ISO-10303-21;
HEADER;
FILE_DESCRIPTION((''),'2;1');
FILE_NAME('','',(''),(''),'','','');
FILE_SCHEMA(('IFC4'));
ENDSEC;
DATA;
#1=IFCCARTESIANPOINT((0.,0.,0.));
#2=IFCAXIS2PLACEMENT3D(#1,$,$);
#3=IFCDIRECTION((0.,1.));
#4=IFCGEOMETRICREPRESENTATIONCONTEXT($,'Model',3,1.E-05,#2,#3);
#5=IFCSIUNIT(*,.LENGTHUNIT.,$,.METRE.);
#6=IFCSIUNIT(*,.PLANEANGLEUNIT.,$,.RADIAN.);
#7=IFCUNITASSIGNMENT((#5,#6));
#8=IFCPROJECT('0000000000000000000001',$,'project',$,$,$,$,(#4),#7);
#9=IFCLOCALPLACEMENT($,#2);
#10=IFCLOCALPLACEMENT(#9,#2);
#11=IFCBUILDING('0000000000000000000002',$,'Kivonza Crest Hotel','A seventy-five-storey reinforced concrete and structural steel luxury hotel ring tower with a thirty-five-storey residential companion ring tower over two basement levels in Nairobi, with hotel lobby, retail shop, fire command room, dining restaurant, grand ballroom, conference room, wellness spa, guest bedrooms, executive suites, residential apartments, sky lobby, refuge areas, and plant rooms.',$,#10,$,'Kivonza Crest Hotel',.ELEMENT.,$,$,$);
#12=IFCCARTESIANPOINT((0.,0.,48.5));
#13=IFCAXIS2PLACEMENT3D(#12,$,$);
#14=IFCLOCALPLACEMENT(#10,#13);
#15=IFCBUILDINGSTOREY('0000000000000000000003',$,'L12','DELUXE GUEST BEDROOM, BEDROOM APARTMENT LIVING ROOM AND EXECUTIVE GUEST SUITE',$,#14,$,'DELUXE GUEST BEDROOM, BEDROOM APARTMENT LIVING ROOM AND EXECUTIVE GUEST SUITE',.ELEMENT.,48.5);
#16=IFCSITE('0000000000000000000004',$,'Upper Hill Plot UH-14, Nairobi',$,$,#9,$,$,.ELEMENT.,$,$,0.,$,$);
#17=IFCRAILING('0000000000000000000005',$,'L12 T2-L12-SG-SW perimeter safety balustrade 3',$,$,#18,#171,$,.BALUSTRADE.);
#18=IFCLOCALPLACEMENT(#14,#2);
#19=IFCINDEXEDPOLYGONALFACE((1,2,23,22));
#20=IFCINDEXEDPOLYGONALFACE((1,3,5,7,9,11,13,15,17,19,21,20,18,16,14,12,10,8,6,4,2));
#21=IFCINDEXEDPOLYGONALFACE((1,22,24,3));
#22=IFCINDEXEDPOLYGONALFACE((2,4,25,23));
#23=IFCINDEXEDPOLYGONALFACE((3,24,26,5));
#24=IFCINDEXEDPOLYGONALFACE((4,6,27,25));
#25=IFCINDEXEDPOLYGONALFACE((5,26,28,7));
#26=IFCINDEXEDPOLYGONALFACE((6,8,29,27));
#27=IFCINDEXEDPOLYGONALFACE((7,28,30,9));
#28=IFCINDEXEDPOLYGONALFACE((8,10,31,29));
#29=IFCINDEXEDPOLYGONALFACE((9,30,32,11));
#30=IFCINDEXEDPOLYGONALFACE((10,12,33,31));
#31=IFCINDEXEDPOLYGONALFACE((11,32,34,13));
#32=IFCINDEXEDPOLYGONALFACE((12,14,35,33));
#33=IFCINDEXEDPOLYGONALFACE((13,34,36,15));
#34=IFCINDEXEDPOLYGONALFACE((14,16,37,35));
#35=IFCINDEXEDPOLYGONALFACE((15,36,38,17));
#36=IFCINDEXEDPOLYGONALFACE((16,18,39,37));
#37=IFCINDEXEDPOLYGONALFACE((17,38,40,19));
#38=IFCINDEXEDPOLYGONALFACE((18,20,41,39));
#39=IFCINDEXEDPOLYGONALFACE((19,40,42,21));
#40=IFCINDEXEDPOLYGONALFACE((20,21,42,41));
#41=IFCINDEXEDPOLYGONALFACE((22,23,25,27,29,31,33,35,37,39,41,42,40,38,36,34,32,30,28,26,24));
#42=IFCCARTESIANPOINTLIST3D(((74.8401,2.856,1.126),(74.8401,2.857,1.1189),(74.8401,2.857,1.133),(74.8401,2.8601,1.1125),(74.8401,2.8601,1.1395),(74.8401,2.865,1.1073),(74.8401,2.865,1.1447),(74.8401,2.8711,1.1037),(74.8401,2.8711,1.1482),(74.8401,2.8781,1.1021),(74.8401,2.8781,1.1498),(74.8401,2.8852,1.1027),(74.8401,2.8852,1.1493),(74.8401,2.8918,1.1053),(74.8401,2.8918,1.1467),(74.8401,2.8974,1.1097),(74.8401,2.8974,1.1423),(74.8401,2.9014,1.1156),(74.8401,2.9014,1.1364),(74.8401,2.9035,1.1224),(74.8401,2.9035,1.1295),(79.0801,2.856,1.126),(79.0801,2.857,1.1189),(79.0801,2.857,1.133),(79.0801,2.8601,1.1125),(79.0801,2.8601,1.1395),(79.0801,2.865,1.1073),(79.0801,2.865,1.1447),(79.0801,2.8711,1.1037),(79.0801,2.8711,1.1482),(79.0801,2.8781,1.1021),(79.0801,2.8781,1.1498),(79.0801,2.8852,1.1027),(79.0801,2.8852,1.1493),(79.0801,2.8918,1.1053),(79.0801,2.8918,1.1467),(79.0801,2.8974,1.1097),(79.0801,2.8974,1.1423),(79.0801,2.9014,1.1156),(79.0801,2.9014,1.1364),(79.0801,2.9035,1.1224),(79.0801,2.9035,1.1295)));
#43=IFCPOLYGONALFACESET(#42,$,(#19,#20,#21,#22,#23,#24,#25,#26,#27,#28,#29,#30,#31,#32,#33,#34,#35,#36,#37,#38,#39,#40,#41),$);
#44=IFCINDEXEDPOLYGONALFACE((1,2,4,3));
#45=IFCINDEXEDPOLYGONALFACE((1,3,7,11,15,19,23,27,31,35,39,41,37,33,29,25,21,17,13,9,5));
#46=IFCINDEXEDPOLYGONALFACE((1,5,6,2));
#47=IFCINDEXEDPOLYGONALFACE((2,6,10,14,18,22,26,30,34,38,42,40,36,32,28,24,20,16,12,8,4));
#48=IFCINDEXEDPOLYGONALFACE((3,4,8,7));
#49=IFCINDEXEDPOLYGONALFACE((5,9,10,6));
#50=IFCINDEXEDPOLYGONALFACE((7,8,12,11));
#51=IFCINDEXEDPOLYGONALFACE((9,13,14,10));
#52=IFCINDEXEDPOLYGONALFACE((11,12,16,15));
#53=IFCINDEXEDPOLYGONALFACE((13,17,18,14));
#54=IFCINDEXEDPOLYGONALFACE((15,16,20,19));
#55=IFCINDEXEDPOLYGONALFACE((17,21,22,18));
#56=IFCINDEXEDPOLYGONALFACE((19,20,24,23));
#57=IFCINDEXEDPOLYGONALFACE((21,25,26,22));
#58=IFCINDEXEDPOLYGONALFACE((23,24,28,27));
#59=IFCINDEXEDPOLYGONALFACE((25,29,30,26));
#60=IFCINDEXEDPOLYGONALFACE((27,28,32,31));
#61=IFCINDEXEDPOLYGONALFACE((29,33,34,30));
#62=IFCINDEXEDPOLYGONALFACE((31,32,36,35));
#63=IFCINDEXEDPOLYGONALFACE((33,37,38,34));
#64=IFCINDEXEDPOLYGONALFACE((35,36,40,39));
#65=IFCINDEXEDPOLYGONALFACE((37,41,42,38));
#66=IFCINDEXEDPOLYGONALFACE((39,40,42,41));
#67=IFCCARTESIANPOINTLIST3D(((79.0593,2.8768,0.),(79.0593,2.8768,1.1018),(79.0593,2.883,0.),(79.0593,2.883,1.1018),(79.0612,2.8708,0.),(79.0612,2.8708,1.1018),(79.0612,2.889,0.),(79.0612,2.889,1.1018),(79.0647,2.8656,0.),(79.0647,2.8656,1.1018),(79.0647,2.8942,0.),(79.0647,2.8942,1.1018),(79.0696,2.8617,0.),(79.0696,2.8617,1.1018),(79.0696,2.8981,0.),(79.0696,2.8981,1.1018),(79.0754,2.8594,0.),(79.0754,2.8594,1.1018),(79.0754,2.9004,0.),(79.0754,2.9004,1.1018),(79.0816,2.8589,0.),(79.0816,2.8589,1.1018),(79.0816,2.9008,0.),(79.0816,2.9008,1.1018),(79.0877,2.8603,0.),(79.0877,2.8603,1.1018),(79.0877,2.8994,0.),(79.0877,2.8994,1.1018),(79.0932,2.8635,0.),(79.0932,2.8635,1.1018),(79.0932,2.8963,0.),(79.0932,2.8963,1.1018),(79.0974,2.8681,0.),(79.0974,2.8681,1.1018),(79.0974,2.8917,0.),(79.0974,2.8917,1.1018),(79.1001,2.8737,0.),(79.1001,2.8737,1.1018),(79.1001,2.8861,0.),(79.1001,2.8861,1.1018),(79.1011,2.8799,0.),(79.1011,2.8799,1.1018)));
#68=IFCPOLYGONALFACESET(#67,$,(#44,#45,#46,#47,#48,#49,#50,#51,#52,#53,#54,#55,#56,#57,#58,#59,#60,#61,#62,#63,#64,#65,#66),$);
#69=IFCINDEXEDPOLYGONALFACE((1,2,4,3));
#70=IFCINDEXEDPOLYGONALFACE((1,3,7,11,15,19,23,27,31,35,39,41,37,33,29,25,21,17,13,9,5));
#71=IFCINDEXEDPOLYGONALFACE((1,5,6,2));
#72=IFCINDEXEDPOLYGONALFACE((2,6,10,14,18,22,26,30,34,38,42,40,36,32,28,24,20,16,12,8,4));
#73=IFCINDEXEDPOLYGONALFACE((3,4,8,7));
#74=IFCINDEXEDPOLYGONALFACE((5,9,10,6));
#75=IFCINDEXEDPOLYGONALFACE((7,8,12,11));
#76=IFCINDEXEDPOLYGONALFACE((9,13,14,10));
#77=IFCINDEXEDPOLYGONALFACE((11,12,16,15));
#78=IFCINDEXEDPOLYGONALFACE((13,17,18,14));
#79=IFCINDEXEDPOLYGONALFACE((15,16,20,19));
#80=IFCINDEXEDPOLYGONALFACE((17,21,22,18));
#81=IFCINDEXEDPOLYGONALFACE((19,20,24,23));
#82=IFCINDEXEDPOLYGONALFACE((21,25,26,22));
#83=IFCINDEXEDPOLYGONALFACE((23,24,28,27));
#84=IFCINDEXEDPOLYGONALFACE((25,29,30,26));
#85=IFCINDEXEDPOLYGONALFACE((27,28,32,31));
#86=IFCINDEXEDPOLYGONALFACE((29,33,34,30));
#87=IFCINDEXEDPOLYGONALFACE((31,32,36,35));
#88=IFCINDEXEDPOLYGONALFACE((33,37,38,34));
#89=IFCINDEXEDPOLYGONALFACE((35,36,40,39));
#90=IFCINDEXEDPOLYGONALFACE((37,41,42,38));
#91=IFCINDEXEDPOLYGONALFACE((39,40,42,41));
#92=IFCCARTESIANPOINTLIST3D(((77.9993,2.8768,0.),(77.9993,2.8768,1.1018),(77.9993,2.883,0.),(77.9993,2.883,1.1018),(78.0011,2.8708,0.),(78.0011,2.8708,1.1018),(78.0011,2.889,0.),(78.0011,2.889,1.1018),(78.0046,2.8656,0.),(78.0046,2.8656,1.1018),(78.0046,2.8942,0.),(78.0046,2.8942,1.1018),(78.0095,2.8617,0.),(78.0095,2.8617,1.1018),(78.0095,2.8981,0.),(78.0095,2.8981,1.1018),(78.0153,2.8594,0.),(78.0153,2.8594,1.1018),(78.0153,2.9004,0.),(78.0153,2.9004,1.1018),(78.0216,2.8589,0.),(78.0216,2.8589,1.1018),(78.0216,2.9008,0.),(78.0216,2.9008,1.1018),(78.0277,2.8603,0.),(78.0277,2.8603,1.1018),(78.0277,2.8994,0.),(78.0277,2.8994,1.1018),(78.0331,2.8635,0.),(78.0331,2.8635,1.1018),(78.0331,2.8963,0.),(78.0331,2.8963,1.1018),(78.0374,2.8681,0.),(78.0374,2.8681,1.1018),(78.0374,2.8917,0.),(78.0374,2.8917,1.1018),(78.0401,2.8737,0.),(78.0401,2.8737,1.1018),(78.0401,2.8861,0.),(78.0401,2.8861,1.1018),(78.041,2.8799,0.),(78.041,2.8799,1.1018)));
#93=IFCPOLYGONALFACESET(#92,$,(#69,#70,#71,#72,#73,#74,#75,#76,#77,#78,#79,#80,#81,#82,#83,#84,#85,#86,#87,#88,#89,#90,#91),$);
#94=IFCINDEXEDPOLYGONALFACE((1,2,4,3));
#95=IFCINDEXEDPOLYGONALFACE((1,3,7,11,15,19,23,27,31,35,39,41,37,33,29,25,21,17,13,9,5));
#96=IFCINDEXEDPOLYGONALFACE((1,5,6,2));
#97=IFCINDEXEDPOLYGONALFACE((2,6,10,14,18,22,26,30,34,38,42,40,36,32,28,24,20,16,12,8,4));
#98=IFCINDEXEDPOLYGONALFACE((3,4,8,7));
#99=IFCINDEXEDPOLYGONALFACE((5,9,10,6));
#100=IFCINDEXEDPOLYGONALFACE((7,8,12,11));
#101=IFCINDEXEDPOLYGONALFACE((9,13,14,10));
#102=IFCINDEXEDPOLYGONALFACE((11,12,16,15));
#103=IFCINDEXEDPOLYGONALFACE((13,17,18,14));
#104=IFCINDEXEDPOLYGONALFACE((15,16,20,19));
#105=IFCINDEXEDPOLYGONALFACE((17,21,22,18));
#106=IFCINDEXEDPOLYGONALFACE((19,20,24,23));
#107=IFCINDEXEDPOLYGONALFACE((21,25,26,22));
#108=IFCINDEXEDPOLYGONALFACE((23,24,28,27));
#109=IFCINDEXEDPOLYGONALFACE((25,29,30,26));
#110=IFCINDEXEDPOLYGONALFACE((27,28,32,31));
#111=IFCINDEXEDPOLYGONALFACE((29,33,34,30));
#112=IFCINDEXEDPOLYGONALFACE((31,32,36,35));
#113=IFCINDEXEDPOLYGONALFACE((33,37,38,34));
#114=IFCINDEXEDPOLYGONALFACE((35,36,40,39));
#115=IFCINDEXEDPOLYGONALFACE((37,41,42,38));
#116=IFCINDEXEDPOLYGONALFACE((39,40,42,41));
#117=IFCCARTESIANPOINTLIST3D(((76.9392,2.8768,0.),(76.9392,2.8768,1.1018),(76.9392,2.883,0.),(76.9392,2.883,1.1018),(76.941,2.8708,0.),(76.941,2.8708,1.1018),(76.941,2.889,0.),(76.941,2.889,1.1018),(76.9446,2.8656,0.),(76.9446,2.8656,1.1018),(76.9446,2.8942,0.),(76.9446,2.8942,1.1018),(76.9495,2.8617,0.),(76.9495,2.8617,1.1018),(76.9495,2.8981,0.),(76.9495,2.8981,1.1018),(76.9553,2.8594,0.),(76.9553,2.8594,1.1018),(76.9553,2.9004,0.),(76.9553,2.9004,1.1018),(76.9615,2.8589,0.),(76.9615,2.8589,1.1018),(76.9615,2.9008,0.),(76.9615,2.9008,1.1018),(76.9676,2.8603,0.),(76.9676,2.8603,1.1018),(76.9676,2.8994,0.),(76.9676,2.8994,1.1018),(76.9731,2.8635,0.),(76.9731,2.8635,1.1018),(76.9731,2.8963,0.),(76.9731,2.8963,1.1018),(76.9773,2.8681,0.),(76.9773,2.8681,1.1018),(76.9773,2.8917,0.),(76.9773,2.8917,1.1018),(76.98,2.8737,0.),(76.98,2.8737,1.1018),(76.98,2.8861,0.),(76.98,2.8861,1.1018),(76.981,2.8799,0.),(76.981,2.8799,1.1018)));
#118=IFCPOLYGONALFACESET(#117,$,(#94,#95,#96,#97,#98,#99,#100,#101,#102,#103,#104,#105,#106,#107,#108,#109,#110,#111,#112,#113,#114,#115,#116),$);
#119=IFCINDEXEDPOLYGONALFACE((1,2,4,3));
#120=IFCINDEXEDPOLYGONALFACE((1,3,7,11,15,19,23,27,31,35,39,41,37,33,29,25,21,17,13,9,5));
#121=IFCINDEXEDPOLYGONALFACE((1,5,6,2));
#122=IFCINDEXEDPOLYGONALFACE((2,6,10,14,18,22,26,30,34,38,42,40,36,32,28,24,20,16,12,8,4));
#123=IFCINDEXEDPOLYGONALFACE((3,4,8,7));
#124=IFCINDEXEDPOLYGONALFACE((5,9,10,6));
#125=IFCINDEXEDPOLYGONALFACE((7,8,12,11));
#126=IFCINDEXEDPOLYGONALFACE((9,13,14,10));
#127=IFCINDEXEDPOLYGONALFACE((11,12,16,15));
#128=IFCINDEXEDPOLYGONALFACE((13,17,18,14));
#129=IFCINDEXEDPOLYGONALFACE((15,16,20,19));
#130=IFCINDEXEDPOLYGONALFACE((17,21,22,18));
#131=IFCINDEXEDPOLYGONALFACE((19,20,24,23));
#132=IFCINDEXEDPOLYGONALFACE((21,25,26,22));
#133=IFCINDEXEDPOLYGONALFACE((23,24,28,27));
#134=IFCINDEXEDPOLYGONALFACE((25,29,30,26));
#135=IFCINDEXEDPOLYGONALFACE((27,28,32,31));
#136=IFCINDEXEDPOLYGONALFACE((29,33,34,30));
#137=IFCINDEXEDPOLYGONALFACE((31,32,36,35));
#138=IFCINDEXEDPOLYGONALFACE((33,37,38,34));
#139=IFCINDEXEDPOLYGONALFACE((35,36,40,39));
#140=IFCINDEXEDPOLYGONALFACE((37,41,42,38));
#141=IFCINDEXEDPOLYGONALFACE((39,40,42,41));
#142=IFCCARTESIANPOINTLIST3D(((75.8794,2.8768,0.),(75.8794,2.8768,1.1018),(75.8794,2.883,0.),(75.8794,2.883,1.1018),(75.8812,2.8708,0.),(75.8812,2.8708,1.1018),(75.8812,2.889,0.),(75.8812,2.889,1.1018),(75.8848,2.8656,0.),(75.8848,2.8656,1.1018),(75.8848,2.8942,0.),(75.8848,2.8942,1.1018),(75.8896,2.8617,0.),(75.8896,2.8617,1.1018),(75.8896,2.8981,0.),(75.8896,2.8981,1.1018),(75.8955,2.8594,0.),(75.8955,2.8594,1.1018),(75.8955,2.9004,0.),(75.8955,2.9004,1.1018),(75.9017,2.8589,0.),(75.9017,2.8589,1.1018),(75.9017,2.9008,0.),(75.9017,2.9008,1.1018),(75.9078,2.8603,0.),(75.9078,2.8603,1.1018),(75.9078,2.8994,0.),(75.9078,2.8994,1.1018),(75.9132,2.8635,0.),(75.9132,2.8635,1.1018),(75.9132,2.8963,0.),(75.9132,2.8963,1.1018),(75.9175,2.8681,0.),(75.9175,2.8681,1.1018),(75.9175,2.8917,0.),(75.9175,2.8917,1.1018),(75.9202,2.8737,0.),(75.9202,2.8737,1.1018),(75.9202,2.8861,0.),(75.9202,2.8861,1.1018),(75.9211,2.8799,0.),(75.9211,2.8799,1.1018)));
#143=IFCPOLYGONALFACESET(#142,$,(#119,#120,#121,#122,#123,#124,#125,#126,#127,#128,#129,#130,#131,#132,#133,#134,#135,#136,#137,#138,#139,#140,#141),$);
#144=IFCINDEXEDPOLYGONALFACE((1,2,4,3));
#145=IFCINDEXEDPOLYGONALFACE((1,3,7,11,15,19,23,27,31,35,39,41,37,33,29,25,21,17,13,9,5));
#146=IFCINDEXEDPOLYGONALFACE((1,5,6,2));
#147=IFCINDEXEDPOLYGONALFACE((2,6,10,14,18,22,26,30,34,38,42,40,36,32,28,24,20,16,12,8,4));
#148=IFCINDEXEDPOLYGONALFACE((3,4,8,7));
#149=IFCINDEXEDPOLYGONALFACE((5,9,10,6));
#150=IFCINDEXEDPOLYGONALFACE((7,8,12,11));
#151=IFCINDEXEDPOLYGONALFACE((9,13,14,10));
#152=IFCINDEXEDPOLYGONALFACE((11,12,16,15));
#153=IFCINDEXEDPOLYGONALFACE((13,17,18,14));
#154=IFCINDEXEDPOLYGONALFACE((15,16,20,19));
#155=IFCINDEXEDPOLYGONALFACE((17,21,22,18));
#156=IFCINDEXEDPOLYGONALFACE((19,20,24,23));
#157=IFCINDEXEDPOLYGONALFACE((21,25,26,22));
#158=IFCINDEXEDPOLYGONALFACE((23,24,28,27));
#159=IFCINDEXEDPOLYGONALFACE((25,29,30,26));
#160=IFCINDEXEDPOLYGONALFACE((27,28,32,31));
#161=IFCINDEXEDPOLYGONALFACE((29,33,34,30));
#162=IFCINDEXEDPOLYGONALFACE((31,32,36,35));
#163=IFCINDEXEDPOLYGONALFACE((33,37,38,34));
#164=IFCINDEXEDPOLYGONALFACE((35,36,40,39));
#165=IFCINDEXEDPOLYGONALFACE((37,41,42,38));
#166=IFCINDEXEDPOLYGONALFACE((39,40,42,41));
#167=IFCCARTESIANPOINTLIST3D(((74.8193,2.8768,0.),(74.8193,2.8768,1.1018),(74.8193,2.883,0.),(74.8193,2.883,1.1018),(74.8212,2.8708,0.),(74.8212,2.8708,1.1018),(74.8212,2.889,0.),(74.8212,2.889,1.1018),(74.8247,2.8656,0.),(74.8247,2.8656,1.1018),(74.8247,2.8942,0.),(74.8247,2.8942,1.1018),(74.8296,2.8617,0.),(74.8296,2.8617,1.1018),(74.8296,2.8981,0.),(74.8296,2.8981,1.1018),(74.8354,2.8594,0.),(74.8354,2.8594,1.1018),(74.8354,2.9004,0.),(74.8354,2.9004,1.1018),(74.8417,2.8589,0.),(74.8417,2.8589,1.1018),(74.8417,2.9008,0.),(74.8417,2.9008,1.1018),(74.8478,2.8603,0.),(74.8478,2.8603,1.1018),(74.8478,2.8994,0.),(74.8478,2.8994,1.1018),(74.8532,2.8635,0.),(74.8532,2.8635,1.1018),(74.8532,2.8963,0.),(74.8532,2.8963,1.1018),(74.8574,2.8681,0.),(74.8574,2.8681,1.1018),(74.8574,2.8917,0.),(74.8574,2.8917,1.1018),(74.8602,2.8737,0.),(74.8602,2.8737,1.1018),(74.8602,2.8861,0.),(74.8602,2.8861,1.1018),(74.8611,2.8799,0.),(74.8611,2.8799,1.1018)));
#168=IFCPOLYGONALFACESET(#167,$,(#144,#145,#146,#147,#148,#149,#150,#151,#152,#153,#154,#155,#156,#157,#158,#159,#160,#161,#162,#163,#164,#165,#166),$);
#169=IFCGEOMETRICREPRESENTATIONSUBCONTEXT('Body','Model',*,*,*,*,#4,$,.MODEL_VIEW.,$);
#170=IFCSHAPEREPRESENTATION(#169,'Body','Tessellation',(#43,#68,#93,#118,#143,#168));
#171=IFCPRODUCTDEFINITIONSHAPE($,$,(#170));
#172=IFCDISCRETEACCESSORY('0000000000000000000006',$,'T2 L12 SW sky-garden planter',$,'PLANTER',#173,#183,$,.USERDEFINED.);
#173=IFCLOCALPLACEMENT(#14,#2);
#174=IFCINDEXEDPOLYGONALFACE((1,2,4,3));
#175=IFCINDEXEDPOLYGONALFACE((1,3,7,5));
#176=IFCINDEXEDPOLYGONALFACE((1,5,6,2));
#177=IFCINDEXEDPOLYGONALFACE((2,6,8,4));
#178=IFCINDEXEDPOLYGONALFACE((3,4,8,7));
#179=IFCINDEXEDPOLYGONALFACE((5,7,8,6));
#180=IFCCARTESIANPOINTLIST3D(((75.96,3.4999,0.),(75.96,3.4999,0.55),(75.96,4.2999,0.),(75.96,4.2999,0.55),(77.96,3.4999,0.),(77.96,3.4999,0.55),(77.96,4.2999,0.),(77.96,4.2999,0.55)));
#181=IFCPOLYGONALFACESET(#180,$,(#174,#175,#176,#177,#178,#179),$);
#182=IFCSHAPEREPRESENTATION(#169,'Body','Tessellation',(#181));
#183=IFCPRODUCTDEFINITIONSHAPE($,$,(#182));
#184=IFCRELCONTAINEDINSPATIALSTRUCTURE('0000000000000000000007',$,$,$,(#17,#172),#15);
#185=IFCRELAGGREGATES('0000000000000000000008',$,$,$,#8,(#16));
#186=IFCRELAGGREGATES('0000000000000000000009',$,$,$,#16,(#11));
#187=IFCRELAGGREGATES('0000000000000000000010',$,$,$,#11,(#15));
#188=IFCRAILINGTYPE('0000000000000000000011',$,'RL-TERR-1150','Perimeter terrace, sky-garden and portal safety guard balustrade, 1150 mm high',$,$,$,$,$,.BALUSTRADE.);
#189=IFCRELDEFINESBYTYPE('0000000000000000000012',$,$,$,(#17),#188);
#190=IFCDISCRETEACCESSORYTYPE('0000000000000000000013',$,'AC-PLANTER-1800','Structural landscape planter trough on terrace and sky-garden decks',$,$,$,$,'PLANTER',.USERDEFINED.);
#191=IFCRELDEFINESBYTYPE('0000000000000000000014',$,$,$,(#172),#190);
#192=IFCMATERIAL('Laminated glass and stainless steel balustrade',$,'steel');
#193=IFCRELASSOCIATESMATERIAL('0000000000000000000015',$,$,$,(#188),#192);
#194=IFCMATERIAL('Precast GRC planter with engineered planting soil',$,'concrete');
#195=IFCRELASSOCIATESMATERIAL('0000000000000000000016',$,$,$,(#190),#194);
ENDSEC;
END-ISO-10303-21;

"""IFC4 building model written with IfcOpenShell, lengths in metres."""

from ifc_helpers import new_model, si_unit, direction, frame, origin, origin_2d, place, context, subcontext, project, spatial, rectangle, circle, extrude, material, type_object, element, save


model = new_model("IFC4")

# Units and contexts
model_context = context("Model", 3, precision=1e-05, world=origin(), true_north=direction((0.0, 1.0)))
body_context = subcontext(model_context, "Body", "Model", "MODEL_VIEW")
ifc_project = project(units=[si_unit("LENGTHUNIT", "METRE"), si_unit("PLANEANGLEUNIT", "RADIAN")], contexts=[model_context])

# Site, building, storey
site_placement = place(None, origin())
site = spatial("IfcSite", under=ifc_project, at=site_placement, Name="Upper Hill Plot UH-14, Nairobi", CompositionType="ELEMENT", RefElevation=0.0)
building_placement = place(site_placement, origin())
building = spatial("IfcBuilding", under=site, at=building_placement, Name="Kivonza Crest Hotel", Description="A seventy-five-storey reinforced concrete and structural steel luxury hotel ring tower with a thirty-five-storey residential companion ring tower over two basement levels in Nairobi, with hotel lobby, retail shop, fire command room, dining restaurant, grand ballroom, conference room, wellness spa, guest bedrooms, executive suites, residential apartments, sky lobby, refuge areas, and plant rooms.", LongName="Kivonza Crest Hotel", CompositionType="ELEMENT")
storey_placement = place(building_placement, frame((0.0, 0.0, 48.5)))
storey = spatial("IfcBuildingStorey", under=building, at=storey_placement, Name="L12", Description="DELUXE GUEST BEDROOM, BEDROOM APARTMENT LIVING ROOM AND EXECUTIVE GUEST SUITE", LongName="DELUXE GUEST BEDROOM, BEDROOM APARTMENT LIVING ROOM AND EXECUTIVE GUEST SUITE", CompositionType="ELEMENT", Elevation=48.5)

# Railing
ifc_material_1 = material(Name="Laminated glass and stainless steel balustrade", Category="steel")
railing_type = type_object("IfcRailingType", Name="RL-TERR-1150", Description="Perimeter terrace, sky-garden and portal safety guard balustrade, 1150 mm high", PredefinedType="BALUSTRADE", material=ifc_material_1)
railing_1_placement = place(storey_placement, frame((79.0801, 2.8799, 0.0)))
element("IfcRailing", 1, at=railing_1_placement, inside=storey, type_object=railing_type, Name="L12 T2-L12-SG-SW perimeter safety balustrade 3", PredefinedType="BALUSTRADE", context=body_context, shape_type="SweptSolid", body=[
    extrude(circle(Radius=0.0239, at=origin_2d()), frame((0.0, 0.0, 1.126), z_axis=(-1.0, 0.0, 0.0), x_axis=(0.0, -1.0, 0.0)), (0.0, 0.0, 1.0), 4.24),
    extrude(circle(Radius=0.021, at=origin_2d()), origin(), (0.0, 0.0, 1.0), 1.1018),
    extrude(circle(Radius=0.021, at=origin_2d()), frame((-1.0601, 0.0, 0.0)), (0.0, 0.0, 1.0), 1.1018),
    extrude(circle(Radius=0.021, at=origin_2d()), frame((-2.1201, 0.0, 0.0)), (0.0, 0.0, 1.0), 1.1018),
    extrude(circle(Radius=0.021, at=origin_2d()), frame((-3.1799, 0.0, 0.0)), (0.0, 0.0, 1.0), 1.1018),
    extrude(circle(Radius=0.021, at=origin_2d()), frame((-4.24, 0.0, 0.0)), (0.0, 0.0, 1.0), 1.1018),
])

# Discrete accessory
ifc_material_2 = material(Name="Precast GRC planter with engineered planting soil", Category="concrete")
discrete_accessory_type = type_object("IfcDiscreteAccessoryType", Name="AC-PLANTER-1800", Description="Structural landscape planter trough on terrace and sky-garden decks", ElementType="PLANTER", PredefinedType="USERDEFINED", material=ifc_material_2)
discrete_accessory_placement = place(storey_placement, frame((76.96, 3.8999, 0.0), z_axis=(0.0, 0.0, 1.0), x_axis=(1.0, 0.0, 0.0)))
element("IfcDiscreteAccessory", 2, at=discrete_accessory_placement, inside=storey, type_object=discrete_accessory_type, Name="T2 L12 SW sky-garden planter", ObjectType="PLANTER", PredefinedType="USERDEFINED", context=body_context, shape_type="SweptSolid", body=[
    extrude(rectangle(XDim=2.0, YDim=0.8, at=origin_2d()), origin(), (0.0, 0.0, 1.0), 0.55),
])

save(model, "model.ifc")
